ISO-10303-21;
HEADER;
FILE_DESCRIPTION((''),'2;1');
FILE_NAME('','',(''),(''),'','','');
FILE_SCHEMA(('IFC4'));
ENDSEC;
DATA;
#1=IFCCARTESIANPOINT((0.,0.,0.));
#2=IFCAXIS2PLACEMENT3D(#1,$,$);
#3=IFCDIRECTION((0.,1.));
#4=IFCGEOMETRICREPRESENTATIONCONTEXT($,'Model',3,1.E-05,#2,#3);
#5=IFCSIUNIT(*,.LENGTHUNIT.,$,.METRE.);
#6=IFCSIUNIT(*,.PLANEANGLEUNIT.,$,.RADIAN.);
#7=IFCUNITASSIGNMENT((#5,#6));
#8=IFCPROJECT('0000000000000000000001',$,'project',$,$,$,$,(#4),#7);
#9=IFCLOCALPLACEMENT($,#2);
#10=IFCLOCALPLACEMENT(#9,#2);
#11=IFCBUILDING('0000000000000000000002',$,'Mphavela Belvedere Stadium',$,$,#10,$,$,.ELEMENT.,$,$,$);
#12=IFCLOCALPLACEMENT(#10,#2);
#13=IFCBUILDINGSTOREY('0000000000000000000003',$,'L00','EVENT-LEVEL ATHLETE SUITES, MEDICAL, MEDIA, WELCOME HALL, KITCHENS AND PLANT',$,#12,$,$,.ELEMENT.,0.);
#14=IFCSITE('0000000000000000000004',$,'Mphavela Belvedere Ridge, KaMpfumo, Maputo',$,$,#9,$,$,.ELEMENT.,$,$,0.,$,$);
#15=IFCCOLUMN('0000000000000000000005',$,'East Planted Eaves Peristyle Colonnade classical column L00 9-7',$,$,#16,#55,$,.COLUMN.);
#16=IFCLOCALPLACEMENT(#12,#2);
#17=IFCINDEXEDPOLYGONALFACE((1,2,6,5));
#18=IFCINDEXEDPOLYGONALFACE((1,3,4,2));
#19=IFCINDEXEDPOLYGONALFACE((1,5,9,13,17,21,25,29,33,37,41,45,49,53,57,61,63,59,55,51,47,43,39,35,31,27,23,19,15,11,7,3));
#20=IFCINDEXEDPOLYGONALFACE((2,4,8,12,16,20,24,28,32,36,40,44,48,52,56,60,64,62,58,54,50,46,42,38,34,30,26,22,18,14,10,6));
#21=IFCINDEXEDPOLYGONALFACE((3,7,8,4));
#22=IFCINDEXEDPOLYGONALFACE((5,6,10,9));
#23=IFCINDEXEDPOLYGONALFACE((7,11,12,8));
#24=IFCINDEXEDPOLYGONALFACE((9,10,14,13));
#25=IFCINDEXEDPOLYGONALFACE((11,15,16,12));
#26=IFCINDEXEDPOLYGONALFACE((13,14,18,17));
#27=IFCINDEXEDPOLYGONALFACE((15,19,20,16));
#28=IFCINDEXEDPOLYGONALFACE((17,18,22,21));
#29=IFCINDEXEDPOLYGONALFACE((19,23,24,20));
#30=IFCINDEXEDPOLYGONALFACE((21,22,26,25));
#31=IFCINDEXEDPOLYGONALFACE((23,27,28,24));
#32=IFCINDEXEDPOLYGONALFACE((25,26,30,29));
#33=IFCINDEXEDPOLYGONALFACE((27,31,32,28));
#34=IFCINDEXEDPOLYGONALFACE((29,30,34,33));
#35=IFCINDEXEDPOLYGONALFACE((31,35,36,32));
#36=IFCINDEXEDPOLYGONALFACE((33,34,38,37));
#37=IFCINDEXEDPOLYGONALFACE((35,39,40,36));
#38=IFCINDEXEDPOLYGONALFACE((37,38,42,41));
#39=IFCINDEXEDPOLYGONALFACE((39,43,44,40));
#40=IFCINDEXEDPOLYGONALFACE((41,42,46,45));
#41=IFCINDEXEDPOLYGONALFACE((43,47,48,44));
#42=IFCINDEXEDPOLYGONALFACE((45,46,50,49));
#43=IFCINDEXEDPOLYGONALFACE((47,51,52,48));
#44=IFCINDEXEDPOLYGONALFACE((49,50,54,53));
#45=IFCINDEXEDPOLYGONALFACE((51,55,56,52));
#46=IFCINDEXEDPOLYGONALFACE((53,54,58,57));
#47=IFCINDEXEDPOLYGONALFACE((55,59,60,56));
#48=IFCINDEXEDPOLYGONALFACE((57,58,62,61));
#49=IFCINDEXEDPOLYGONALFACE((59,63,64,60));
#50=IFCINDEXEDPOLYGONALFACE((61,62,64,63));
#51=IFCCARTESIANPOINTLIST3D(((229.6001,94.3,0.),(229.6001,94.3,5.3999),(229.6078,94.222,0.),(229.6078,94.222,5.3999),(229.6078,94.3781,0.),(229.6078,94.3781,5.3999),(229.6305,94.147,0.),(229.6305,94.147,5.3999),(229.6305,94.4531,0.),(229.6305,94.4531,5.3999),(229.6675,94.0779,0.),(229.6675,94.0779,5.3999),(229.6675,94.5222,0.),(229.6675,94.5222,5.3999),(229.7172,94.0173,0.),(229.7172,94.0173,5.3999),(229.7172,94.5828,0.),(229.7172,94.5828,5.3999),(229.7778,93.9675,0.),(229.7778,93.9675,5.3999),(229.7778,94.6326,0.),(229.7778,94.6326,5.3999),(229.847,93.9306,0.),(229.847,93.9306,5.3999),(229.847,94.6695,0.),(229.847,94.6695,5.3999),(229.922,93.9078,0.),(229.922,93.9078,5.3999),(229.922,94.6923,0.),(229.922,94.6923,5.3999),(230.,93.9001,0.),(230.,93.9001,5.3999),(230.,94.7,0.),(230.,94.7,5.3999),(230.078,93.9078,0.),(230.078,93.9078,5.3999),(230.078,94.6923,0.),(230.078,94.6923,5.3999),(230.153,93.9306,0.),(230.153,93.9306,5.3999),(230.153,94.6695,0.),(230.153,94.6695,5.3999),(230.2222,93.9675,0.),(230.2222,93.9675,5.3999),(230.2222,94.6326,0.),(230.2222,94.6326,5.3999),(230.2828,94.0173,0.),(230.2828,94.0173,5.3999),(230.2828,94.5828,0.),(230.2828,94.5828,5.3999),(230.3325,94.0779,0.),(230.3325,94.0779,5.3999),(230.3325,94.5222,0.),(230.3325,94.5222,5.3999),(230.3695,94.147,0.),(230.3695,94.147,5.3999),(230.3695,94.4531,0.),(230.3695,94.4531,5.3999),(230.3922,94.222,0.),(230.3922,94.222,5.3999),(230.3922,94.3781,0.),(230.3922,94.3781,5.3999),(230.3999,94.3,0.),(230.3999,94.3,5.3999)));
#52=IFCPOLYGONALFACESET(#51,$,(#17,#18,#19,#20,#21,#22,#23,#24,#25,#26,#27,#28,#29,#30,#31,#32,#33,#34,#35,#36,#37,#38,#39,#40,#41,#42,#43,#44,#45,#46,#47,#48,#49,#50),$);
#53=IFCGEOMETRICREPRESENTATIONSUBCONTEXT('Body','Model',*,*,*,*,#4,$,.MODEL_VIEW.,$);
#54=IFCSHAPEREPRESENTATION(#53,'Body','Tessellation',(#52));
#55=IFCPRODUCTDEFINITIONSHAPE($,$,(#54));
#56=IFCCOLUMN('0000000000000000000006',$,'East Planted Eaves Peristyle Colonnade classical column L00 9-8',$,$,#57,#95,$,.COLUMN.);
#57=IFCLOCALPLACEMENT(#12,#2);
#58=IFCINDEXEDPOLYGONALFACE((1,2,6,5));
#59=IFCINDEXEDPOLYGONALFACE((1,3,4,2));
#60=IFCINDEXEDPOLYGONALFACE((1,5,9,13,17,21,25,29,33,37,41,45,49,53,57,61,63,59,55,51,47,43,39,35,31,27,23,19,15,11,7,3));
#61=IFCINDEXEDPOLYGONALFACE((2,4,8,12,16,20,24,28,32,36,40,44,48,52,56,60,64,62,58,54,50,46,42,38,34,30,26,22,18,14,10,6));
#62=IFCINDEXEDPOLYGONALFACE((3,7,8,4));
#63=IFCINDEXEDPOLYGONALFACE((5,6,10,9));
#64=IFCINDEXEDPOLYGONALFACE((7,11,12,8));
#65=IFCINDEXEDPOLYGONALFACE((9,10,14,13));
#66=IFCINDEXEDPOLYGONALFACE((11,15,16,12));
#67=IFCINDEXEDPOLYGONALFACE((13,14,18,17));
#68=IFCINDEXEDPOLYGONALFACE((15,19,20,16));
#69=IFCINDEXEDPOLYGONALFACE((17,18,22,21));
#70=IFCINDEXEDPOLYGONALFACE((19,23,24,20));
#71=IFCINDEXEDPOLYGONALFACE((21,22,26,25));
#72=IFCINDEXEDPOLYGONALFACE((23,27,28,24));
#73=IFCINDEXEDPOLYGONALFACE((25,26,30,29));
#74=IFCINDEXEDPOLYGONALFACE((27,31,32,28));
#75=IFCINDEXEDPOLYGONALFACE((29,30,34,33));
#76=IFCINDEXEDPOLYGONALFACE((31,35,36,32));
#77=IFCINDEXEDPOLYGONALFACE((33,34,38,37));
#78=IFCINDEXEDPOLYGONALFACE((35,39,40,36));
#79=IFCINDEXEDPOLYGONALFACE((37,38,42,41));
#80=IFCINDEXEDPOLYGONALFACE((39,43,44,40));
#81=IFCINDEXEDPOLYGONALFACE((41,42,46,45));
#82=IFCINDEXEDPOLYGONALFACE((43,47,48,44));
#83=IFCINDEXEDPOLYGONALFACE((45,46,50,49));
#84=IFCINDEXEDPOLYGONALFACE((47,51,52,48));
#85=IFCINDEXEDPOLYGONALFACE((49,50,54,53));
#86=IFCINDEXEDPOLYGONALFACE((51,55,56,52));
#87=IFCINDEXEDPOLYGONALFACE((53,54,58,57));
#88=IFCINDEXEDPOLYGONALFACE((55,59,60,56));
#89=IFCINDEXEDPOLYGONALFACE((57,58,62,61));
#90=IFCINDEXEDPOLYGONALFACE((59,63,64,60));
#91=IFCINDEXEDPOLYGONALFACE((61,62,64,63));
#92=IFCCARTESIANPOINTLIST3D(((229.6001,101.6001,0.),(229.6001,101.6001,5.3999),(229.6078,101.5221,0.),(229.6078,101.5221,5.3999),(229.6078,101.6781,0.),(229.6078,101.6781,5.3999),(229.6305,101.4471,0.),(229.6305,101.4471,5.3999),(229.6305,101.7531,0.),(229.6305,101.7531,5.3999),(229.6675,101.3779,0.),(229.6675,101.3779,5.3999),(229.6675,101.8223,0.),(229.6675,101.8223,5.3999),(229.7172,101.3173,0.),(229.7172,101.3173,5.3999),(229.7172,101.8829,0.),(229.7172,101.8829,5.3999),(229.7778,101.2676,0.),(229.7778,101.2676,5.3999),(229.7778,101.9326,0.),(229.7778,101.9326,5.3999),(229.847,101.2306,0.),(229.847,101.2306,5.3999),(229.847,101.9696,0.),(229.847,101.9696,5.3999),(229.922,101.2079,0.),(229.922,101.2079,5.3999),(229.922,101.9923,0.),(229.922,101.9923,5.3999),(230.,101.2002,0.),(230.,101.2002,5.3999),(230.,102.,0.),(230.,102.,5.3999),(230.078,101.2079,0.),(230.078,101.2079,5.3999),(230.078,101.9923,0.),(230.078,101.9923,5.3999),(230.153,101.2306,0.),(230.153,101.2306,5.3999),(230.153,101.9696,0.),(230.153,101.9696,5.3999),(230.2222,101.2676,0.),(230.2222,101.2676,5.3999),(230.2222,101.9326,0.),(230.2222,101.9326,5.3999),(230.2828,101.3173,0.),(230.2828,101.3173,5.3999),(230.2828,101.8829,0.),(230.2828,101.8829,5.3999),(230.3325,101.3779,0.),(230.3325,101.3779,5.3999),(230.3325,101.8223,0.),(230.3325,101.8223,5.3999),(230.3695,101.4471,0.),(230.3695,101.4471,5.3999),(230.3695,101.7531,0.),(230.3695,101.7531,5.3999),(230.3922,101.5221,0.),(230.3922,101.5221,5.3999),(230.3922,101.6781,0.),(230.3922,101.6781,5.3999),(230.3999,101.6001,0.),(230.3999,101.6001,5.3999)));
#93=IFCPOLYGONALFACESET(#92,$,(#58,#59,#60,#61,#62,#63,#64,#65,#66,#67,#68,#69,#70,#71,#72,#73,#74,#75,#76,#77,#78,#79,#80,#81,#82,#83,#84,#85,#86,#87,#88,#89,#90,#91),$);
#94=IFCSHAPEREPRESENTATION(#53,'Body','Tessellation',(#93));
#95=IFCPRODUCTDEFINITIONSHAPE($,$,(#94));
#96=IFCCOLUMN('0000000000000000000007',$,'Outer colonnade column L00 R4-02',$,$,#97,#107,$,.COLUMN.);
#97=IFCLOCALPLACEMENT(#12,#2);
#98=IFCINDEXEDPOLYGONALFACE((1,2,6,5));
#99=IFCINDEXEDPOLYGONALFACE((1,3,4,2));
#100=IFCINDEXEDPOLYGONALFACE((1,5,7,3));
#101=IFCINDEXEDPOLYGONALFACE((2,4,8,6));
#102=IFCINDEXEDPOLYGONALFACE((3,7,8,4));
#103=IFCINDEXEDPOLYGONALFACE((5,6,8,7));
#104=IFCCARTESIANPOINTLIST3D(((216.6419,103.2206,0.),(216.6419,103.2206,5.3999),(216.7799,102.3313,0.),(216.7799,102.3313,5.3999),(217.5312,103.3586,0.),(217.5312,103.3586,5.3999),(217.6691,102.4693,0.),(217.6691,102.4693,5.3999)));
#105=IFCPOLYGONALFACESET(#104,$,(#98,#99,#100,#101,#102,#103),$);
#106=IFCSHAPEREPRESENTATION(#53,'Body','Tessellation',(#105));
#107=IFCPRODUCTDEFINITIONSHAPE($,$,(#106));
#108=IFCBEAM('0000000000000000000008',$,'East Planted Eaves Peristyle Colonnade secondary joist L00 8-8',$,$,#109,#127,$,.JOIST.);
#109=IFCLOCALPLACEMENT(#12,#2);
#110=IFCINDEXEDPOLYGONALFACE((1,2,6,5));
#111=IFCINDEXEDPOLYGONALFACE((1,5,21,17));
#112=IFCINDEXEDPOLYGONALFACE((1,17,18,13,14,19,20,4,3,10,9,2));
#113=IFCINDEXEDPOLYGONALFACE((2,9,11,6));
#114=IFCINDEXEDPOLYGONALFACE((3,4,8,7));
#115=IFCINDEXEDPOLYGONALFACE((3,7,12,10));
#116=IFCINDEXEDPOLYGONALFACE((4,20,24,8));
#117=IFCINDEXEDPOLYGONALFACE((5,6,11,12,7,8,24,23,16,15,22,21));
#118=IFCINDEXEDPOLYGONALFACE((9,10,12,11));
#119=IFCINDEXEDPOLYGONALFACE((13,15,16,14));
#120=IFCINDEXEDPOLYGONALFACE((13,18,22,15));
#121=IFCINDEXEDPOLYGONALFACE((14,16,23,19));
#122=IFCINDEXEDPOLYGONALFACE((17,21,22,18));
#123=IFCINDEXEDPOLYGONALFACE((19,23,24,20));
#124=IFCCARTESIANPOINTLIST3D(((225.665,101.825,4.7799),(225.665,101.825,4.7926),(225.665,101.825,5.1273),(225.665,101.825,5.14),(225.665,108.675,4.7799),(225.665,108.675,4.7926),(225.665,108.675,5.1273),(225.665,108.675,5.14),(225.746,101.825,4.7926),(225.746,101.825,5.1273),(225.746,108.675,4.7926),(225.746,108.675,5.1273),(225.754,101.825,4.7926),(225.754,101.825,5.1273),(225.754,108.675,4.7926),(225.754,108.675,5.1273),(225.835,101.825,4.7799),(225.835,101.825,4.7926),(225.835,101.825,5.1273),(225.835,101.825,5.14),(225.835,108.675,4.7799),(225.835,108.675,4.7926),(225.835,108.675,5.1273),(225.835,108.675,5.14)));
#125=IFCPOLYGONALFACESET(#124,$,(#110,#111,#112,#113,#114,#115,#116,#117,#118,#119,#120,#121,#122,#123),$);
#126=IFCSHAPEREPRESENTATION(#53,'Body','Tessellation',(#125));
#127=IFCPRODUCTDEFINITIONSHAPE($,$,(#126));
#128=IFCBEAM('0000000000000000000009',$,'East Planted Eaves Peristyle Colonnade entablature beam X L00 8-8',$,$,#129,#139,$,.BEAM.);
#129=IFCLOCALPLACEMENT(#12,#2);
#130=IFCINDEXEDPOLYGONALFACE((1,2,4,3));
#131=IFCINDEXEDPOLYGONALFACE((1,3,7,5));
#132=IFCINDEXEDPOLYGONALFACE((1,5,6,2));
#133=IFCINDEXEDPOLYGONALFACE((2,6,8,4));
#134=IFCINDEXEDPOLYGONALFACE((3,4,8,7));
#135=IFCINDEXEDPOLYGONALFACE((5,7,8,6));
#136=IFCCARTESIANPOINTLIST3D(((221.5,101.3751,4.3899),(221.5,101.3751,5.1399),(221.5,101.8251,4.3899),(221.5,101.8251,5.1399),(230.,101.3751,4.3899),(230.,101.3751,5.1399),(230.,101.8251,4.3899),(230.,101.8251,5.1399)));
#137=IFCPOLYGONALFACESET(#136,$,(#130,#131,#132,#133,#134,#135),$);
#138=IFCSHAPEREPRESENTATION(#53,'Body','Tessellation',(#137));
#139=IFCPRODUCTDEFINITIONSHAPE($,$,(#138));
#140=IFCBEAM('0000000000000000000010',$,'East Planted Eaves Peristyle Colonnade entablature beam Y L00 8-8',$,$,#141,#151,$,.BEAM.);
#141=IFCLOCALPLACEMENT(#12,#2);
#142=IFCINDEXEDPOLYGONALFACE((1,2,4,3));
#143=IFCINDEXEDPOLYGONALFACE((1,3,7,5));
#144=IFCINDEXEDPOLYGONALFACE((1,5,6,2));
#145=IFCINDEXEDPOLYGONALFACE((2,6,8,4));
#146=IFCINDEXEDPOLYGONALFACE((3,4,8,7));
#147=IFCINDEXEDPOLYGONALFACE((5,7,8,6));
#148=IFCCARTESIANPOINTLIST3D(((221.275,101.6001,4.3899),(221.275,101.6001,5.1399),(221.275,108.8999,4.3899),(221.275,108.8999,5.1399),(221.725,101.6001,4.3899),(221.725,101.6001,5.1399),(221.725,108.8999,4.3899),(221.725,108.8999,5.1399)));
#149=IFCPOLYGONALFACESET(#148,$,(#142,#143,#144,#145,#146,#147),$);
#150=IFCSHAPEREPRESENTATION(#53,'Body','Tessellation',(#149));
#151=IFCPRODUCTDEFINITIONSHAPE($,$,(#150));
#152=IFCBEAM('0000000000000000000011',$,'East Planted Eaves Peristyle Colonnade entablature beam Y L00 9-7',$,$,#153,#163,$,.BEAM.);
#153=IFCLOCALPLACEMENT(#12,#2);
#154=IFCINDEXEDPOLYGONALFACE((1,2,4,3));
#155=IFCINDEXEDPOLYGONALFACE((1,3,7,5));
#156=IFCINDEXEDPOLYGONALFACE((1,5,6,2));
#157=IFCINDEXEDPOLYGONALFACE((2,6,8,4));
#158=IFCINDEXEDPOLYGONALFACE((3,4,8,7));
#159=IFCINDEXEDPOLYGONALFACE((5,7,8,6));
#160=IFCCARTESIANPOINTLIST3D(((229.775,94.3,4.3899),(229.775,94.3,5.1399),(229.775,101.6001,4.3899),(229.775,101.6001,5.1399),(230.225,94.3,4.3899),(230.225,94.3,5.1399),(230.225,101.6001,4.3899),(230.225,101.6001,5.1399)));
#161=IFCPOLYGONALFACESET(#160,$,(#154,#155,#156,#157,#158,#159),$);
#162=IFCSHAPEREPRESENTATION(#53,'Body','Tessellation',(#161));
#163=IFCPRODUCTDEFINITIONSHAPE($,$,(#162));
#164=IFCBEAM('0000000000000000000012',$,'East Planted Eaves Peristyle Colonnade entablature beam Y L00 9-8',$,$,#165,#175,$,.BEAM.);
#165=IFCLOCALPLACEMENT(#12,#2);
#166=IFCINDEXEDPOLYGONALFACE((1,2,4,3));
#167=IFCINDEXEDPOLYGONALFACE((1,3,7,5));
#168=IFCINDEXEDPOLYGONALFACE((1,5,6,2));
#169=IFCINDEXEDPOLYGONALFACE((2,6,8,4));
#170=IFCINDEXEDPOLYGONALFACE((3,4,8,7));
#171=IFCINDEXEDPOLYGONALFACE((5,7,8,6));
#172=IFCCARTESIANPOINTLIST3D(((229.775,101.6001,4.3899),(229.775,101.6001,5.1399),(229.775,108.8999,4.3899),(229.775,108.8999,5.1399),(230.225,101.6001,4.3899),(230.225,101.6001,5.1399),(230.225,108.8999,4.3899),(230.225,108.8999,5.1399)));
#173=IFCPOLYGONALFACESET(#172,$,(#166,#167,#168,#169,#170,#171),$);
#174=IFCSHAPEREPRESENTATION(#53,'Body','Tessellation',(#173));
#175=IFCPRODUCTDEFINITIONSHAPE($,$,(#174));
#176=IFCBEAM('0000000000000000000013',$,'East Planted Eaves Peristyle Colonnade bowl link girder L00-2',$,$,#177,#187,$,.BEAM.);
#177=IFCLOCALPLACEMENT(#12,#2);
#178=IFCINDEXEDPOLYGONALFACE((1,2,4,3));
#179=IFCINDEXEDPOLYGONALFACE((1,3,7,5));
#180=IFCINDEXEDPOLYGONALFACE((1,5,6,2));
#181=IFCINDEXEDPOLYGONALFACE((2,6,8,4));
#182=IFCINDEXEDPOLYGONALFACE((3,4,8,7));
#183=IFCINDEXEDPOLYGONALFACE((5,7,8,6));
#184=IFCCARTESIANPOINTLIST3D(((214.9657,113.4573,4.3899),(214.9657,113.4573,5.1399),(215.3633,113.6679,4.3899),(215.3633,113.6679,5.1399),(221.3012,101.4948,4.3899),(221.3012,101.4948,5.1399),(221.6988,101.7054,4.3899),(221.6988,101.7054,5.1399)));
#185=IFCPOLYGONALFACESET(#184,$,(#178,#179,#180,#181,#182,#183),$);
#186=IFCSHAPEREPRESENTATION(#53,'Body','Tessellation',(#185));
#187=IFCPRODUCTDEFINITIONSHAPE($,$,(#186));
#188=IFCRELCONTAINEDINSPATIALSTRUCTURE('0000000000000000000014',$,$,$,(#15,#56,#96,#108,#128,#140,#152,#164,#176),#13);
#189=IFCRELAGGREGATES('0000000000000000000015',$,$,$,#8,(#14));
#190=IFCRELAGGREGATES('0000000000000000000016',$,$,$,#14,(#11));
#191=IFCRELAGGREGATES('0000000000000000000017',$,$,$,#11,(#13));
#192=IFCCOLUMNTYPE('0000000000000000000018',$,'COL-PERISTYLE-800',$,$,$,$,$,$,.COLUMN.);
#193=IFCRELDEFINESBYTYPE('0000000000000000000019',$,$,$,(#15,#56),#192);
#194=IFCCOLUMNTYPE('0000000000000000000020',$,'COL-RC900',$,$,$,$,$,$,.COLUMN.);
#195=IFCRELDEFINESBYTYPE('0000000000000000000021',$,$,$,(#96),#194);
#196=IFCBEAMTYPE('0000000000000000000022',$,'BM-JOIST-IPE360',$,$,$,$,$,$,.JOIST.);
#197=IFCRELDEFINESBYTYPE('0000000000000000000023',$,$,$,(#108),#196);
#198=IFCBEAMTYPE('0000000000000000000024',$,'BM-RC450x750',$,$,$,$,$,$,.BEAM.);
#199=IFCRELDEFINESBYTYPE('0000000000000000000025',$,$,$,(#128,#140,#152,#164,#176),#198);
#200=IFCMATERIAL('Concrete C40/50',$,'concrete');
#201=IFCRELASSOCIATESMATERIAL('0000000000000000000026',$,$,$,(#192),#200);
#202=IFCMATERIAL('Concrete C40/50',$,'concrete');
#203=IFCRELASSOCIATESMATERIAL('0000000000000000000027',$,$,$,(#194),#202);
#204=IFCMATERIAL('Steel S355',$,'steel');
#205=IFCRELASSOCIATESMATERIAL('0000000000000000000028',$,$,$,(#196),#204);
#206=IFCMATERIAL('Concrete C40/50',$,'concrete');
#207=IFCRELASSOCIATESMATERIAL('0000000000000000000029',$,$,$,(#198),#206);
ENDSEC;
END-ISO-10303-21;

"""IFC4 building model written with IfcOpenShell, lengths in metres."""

from ifc_helpers import new_model, si_unit, direction, frame, origin, origin_2d, place, context, subcontext, project, spatial, rectangle, circle, i_section, extrude, material, material_profile, profile_set, type_object, element, save


model = new_model("IFC4")

# Units and contexts
model_context = context("Model", 3, precision=1e-05, world=origin(), true_north=direction((0.0, 1.0)))
body_context = subcontext(model_context, "Body", "Model", "MODEL_VIEW")
ifc_project = project(units=[si_unit("LENGTHUNIT", "METRE"), si_unit("PLANEANGLEUNIT", "RADIAN")], contexts=[model_context])

# Site, building, storey
site_placement = place(None, origin())
site = spatial("IfcSite", under=ifc_project, at=site_placement, Name="Mphavela Belvedere Ridge, KaMpfumo, Maputo", CompositionType="ELEMENT", RefElevation=0.0)
building_placement = place(site_placement, origin())
building = spatial("IfcBuilding", under=site, at=building_placement, Name="Mphavela Belvedere Stadium", CompositionType="ELEMENT")
storey_placement = place(building_placement, origin())
storey = spatial("IfcBuildingStorey", under=building, at=storey_placement, Name="L00", Description="EVENT-LEVEL ATHLETE SUITES, MEDICAL, MEDIA, WELCOME HALL, KITCHENS AND PLANT", CompositionType="ELEMENT", Elevation=0.0)

# Columns
ifc_material_1 = material(Name="Concrete C40/50", Category="concrete")
ifc_material_profile_1 = material_profile(ifc_material_1, circle(Radius=0.3999, at=origin_2d()), Name="COL D800")
ifc_profile_set_1 = profile_set([ifc_material_profile_1], Name="Concrete C40/50")
column_type_1 = type_object("IfcColumnType", Name="COL-PERISTYLE-800", PredefinedType="COLUMN", material=ifc_profile_set_1)
for number, where, z_axis, x_axis, name in (
    (1, (230.0, 94.3, 0.0), (0.0, 0.0, 1.0), (1.0, 0.0, 0.0), "East Planted Eaves Peristyle Colonnade classical column L00 9-7"),
    (2, (230.0, 101.6001, 0.0), (0.0, 0.0, 1.0), (1.0, 0.0, 0.0), "East Planted Eaves Peristyle Colonnade classical column L00 9-8"),
):
    element("IfcColumn", number, at=place(storey_placement, frame(where, z_axis=z_axis, x_axis=x_axis)), inside=storey, type_object=column_type_1, Name=name, PredefinedType="COLUMN", context=body_context, shape_type="SweptSolid", body=[
        extrude(circle(Radius=0.3999, at=origin_2d()), origin(), (0.0, 0.0, 1.0), 5.3999),
    ])
ifc_material_2 = material(Name="Concrete C40/50", Category="concrete")
ifc_material_profile_2 = material_profile(ifc_material_2, rectangle(XDim=0.8999, YDim=0.8999, at=origin_2d()), Name="RC 900x900")
ifc_profile_set_2 = profile_set([ifc_material_profile_2], Name="Concrete C40/50")
column_type_2 = type_object("IfcColumnType", Name="COL-RC900", PredefinedType="COLUMN", material=ifc_profile_set_2)
column_placement = place(storey_placement, frame((217.1555, 102.845, 0.0), z_axis=(0.0, 0.0, 1.0), x_axis=(0.988175, 0.153331, 0.0)))
element("IfcColumn", 3, at=column_placement, inside=storey, type_object=column_type_2, Name="Outer colonnade column L00 R4-02", PredefinedType="COLUMN", context=body_context, shape_type="SweptSolid", body=[
    extrude(rectangle(XDim=0.8999, YDim=0.8999, at=origin_2d()), origin(), (0.0, 0.0, 1.0), 5.3999),
])

# Beams
ifc_material_3 = material(Name="Steel S355", Category="steel")
ifc_material_profile_3 = material_profile(ifc_material_3, i_section(OverallWidth=0.1699, OverallDepth=0.3601, WebThickness=0.0081, FlangeThickness=0.0127, at=origin_2d()), Name="IPE 360")
ifc_profile_set_3 = profile_set([ifc_material_profile_3], Name="Steel S355")
beam_type_1 = type_object("IfcBeamType", Name="BM-JOIST-IPE360", PredefinedType="JOIST", material=ifc_profile_set_3)
beam_1_placement = place(storey_placement, frame((225.75, 101.825, 4.96), z_axis=(0.0, 1.0, 0.0), x_axis=(-1.0, 0.0, 0.0)))
element("IfcBeam", 4, at=beam_1_placement, inside=storey, type_object=beam_type_1, Name="East Planted Eaves Peristyle Colonnade secondary joist L00 8-8", PredefinedType="JOIST", context=body_context, shape_type="SweptSolid", body=[
    extrude(i_section(OverallWidth=0.1699, OverallDepth=0.3601, WebThickness=0.0081, FlangeThickness=0.0127, at=origin_2d()), origin(), (0.0, 0.0, 1.0), 6.8501),
])
ifc_material_4 = material(Name="Concrete C40/50", Category="concrete")
ifc_material_profile_4 = material_profile(ifc_material_4, rectangle(XDim=0.45, YDim=0.75, at=origin_2d()), Name="RC 450x750")
ifc_profile_set_4 = profile_set([ifc_material_profile_4], Name="Concrete C40/50")
beam_type_2 = type_object("IfcBeamType", Name="BM-RC450x750", PredefinedType="BEAM", material=ifc_profile_set_4)
beam_2_placement = place(storey_placement, frame((221.5, 101.6001, 4.7649), z_axis=(1.0, 0.0, 0.0), x_axis=(0.0, 1.0, 0.0)))
element("IfcBeam", 5, at=beam_2_placement, inside=storey, type_object=beam_type_2, Name="East Planted Eaves Peristyle Colonnade entablature beam X L00 8-8", PredefinedType="BEAM", context=body_context, shape_type="SweptSolid", body=[
    extrude(rectangle(XDim=0.45, YDim=0.75, at=origin_2d()), origin(), (0.0, 0.0, 1.0), 8.5),
])
beam_3_placement = place(storey_placement, frame((221.5, 101.6001, 4.7649), z_axis=(0.0, 1.0, 0.0), x_axis=(-1.0, 0.0, 0.0)))
element("IfcBeam", 6, at=beam_3_placement, inside=storey, type_object=beam_type_2, Name="East Planted Eaves Peristyle Colonnade entablature beam Y L00 8-8", PredefinedType="BEAM", context=body_context, shape_type="SweptSolid", body=[
    extrude(rectangle(XDim=0.45, YDim=0.75, at=origin_2d()), origin(), (0.0, 0.0, 1.0), 7.2998),
])
beam_4_placement = place(storey_placement, frame((230.0, 94.3, 4.7649), z_axis=(0.0, 1.0, 0.0), x_axis=(-1.0, 0.0, 0.0)))
element("IfcBeam", 7, at=beam_4_placement, inside=storey, type_object=beam_type_2, Name="East Planted Eaves Peristyle Colonnade entablature beam Y L00 9-7", PredefinedType="BEAM", context=body_context, shape_type="SweptSolid", body=[
    extrude(rectangle(XDim=0.45, YDim=0.75, at=origin_2d()), origin(), (0.0, 0.0, 1.0), 7.3),
])
beam_5_placement = place(storey_placement, frame((230.0, 101.6001, 4.7649), z_axis=(0.0, 1.0, 0.0), x_axis=(-1.0, 0.0, 0.0)))
element("IfcBeam", 8, at=beam_5_placement, inside=storey, type_object=beam_type_2, Name="East Planted Eaves Peristyle Colonnade entablature beam Y L00 9-8", PredefinedType="BEAM", context=body_context, shape_type="SweptSolid", body=[
    extrude(rectangle(XDim=0.45, YDim=0.75, at=origin_2d()), origin(), (0.0, 0.0, 1.0), 7.2998),
])
beam_6_placement = place(storey_placement, frame((221.5, 101.6001, 4.7649), z_axis=(-0.468027, 0.883714, 0.0), x_axis=(-0.883714, -0.468027, 0.0)))
element("IfcBeam", 9, at=beam_6_placement, inside=storey, type_object=beam_type_2, Name="East Planted Eaves Peristyle Colonnade bowl link girder L00-2", PredefinedType="BEAM", context=body_context, shape_type="SweptSolid", body=[
    extrude(rectangle(XDim=0.45, YDim=0.75, at=origin_2d()), origin(), (0.0, 0.0, 1.0), 13.5366),
])

save(model, "model.ifc")
